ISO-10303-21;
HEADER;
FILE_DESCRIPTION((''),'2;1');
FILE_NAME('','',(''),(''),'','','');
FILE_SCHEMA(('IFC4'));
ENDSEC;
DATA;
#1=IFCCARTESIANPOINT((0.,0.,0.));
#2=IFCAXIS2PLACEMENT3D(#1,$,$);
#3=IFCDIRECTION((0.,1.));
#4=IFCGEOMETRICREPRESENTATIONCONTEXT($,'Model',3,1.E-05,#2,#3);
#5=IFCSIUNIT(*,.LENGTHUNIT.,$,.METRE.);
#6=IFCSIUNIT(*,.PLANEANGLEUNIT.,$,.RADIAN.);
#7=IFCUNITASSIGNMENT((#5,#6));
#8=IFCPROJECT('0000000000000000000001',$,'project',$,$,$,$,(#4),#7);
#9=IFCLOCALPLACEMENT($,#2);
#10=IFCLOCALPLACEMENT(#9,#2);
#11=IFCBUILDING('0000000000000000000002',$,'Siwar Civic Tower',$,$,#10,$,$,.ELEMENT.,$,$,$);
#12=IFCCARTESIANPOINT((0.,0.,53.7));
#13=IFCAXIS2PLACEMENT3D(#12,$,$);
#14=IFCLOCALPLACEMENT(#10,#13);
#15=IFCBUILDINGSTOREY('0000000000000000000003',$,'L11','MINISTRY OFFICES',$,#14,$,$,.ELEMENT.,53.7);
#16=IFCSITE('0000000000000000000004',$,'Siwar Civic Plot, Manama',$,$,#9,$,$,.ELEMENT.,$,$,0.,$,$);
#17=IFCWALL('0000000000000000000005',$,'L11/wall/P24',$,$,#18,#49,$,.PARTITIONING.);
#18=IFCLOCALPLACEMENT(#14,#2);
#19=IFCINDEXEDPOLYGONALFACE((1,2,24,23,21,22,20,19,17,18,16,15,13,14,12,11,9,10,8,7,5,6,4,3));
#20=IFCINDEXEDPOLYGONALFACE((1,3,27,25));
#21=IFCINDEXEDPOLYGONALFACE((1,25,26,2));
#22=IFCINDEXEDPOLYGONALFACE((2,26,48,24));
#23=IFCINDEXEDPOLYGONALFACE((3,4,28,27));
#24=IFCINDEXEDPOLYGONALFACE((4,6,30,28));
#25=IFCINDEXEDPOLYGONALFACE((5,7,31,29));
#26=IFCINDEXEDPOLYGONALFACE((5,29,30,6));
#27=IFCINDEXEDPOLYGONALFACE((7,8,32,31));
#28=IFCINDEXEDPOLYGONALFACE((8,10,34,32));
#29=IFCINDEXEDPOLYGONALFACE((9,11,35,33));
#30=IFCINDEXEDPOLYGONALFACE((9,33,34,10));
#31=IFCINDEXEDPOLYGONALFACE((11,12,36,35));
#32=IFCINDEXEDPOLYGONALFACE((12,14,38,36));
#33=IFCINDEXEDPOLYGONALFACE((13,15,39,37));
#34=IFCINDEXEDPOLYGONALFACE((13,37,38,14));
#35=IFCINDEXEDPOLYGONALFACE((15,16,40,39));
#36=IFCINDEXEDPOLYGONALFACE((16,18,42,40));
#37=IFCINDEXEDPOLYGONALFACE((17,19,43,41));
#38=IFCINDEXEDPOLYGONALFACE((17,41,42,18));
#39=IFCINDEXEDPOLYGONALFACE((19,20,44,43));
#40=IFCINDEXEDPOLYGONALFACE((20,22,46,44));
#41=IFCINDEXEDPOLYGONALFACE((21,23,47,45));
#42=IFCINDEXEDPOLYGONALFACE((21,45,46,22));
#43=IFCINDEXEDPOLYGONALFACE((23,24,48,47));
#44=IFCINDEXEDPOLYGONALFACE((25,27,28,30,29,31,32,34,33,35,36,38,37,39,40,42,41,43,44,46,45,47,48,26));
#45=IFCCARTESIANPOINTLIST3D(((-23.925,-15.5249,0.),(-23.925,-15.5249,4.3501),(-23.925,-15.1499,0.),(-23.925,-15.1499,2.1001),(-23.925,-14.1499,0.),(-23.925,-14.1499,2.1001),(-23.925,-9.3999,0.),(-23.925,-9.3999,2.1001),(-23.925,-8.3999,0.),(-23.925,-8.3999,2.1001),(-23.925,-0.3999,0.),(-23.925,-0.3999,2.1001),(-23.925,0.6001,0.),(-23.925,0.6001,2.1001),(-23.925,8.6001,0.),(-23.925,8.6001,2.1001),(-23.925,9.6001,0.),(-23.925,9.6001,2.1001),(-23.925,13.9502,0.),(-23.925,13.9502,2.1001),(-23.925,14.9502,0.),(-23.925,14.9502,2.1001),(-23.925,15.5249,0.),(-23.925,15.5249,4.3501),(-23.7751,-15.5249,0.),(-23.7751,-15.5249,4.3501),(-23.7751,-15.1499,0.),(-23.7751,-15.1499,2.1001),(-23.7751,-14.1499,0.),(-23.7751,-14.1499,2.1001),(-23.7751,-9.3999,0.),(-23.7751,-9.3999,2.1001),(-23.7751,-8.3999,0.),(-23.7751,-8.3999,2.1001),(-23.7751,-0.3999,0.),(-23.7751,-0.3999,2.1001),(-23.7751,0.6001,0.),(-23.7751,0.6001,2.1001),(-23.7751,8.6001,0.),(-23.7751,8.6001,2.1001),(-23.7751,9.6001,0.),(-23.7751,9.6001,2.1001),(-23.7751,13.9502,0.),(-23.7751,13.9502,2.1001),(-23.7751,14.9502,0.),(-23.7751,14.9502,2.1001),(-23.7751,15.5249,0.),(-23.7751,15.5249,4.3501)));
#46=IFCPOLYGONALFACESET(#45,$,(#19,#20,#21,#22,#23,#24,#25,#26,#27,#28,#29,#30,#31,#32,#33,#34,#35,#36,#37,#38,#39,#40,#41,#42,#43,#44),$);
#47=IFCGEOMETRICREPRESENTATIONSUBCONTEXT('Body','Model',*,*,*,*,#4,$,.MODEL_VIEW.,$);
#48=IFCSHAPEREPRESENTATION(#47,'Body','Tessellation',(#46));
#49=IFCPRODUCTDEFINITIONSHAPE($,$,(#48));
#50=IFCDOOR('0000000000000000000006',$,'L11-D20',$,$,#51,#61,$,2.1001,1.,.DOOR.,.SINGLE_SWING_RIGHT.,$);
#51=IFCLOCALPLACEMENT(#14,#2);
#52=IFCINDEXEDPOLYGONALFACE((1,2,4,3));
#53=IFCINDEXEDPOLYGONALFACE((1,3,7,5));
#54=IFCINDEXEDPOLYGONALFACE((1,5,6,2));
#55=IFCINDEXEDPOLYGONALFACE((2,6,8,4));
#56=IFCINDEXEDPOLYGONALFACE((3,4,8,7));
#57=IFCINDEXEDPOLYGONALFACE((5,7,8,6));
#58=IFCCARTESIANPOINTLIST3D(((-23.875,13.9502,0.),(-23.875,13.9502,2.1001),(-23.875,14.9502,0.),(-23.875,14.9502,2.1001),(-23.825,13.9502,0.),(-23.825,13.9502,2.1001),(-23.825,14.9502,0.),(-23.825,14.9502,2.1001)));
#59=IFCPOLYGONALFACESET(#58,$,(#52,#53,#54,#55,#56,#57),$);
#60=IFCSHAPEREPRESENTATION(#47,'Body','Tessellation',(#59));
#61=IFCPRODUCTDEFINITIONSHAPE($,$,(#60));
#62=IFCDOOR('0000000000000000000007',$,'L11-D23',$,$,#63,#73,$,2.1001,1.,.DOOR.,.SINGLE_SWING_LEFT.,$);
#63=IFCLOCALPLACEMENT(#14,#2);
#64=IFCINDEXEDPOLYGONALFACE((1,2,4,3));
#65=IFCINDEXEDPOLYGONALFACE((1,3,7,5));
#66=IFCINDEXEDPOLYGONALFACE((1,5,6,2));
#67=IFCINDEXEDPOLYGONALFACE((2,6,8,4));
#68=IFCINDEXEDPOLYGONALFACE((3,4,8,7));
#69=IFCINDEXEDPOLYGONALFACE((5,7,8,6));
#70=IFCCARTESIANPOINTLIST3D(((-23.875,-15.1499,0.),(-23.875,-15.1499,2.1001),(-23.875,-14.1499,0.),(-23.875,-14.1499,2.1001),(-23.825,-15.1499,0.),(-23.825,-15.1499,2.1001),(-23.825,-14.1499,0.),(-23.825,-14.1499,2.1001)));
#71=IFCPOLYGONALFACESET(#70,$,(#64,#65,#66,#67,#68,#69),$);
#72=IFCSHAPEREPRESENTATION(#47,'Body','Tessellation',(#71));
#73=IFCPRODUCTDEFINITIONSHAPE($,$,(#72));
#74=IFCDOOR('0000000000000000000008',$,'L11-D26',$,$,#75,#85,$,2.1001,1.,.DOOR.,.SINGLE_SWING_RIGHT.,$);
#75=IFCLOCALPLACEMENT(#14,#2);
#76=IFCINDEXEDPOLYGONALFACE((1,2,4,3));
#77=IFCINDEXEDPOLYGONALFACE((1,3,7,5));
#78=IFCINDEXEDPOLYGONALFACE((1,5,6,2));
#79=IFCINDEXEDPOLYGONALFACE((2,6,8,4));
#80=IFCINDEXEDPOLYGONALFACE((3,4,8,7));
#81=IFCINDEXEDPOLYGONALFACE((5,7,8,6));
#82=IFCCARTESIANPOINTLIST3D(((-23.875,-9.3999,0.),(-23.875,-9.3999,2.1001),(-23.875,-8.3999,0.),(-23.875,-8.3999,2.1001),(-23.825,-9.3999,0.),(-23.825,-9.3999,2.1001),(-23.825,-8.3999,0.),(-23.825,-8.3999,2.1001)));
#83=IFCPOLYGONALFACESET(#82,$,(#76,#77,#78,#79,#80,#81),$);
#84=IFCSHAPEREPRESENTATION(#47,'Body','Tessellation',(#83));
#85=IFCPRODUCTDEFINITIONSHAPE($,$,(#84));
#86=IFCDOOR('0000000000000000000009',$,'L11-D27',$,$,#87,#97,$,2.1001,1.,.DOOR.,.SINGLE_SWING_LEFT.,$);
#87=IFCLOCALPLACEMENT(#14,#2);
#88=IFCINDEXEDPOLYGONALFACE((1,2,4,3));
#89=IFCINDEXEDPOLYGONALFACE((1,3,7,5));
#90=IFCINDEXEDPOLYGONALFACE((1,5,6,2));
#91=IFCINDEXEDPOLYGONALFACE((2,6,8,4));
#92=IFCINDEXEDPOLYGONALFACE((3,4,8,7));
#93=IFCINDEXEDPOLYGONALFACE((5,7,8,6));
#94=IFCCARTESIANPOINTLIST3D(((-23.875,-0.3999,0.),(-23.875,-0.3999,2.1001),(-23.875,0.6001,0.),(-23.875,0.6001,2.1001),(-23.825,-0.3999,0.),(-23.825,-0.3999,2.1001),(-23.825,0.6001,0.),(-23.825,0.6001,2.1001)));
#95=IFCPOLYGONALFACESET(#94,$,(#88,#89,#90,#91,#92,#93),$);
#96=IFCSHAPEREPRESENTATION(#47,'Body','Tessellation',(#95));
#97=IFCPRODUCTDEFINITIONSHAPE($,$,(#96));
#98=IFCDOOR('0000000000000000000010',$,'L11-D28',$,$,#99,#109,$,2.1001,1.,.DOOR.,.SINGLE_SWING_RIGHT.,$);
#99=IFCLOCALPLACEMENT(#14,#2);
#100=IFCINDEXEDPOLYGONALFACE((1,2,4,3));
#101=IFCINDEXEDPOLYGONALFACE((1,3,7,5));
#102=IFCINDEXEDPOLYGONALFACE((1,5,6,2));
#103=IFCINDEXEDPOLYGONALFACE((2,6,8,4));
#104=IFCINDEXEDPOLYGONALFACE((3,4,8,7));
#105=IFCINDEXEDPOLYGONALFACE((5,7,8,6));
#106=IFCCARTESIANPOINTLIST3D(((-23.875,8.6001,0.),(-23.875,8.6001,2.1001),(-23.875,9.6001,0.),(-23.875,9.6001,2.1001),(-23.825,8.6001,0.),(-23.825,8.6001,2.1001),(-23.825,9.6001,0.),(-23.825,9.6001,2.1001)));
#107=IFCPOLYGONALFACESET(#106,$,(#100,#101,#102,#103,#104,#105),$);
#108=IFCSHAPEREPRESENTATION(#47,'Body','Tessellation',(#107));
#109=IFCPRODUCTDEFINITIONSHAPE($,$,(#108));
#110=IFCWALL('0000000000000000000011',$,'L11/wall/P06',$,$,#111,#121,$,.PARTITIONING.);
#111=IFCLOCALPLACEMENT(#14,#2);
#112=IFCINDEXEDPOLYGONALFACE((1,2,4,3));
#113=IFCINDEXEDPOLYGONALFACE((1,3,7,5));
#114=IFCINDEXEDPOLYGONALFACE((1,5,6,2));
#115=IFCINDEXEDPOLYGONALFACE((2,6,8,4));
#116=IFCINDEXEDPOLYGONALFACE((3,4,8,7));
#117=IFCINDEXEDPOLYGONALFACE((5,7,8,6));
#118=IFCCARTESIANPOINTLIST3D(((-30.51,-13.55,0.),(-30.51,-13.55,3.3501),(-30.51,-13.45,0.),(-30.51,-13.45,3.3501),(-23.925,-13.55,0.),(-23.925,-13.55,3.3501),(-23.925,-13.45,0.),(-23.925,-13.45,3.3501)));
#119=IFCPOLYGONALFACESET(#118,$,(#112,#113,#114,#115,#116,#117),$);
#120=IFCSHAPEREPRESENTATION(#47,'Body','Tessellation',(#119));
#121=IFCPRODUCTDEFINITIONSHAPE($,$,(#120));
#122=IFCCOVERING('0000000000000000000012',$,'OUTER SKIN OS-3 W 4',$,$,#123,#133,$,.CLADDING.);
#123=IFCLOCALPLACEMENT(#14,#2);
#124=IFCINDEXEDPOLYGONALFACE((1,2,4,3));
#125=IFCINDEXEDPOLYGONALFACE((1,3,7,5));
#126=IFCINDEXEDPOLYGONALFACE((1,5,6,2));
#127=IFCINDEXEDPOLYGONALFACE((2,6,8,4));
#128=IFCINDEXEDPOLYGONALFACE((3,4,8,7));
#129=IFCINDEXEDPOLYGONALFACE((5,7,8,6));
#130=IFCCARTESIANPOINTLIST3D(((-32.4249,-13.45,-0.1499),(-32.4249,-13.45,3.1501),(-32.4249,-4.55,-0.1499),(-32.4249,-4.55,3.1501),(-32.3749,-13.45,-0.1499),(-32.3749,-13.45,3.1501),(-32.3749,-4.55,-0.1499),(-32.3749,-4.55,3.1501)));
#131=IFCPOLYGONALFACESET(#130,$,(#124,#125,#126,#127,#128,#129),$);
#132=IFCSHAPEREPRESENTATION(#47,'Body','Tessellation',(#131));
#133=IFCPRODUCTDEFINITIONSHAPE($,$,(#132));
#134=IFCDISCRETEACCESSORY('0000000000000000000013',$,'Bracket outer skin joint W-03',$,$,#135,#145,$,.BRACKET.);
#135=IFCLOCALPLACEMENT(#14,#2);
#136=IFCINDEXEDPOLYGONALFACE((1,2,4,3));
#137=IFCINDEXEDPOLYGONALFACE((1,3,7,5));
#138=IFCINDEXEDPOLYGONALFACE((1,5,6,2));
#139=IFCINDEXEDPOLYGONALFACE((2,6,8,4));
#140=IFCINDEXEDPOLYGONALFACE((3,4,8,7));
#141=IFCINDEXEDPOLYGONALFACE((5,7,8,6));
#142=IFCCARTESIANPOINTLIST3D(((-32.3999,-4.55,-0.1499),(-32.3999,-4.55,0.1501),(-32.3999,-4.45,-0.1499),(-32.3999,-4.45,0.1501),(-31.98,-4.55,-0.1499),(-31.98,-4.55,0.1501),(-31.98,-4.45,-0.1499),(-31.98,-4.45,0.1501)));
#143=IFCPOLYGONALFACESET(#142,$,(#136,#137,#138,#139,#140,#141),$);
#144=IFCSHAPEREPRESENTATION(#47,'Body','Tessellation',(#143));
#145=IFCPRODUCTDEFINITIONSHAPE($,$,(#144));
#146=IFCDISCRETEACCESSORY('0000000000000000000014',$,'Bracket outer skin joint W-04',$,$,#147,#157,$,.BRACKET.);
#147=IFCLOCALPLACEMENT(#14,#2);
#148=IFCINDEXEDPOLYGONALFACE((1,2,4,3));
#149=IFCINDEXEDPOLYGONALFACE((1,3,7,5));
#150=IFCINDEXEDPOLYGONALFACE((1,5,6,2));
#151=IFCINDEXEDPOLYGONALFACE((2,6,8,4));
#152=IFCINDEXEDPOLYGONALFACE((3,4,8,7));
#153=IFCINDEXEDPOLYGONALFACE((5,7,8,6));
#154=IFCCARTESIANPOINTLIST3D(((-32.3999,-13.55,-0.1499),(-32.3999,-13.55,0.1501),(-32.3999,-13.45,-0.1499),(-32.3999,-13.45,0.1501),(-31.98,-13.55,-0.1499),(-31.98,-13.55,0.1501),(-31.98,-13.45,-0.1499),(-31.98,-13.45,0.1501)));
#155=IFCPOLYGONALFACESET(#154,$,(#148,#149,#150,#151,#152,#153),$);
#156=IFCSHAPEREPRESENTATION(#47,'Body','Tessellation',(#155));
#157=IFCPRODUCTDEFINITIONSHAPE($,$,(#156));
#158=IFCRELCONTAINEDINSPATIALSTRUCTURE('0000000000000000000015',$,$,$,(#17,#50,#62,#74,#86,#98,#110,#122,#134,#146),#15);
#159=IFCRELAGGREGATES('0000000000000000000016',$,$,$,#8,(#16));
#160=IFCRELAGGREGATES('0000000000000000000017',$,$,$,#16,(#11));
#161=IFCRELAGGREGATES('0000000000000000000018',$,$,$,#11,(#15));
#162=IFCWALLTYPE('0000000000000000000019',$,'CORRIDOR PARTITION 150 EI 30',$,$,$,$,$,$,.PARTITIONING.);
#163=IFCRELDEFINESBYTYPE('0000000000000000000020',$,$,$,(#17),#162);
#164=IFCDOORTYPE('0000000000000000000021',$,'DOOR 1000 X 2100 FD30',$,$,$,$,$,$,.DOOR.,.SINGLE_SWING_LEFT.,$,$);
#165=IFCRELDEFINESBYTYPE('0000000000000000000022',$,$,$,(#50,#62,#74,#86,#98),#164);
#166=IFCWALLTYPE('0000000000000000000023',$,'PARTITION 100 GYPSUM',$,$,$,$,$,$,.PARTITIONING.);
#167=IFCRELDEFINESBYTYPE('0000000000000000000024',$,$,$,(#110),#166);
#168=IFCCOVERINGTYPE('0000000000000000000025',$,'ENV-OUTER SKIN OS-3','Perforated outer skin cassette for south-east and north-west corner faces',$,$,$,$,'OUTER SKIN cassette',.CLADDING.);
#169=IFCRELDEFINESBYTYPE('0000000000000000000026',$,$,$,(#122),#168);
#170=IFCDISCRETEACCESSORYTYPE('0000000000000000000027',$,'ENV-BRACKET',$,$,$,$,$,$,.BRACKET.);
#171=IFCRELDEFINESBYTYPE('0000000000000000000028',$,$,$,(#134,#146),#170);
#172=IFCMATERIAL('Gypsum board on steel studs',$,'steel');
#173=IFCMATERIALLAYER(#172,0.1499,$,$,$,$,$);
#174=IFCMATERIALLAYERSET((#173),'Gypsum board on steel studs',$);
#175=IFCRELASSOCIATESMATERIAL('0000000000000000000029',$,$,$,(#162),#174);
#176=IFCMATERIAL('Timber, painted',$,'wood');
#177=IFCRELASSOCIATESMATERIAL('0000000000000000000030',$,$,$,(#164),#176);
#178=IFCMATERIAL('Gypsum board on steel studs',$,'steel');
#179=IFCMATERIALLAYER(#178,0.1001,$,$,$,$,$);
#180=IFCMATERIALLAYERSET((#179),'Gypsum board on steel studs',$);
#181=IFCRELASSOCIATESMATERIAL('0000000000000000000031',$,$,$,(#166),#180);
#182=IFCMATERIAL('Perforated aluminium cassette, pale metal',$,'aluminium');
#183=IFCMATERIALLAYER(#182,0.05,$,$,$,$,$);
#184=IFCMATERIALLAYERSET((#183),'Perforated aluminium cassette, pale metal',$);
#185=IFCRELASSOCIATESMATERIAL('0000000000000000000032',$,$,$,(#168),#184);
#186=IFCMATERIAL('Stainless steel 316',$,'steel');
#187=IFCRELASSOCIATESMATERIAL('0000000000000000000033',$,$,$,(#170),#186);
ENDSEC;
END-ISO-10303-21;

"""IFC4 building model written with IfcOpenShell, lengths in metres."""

from ifc_helpers import new_model, si_unit, direction, frame, frame_2d, origin, origin_2d, place, context, subcontext, project, spatial, rectangle, extrude, material, layer, layer_set, type_object, element, fill, save


model = new_model("IFC4")

# Units and contexts
model_context = context("Model", 3, precision=1e-05, world=origin(), true_north=direction((0.0, 1.0)))
body_context = subcontext(model_context, "Body", "Model", "MODEL_VIEW")
ifc_project = project(units=[si_unit("LENGTHUNIT", "METRE"), si_unit("PLANEANGLEUNIT", "RADIAN")], contexts=[model_context])

# Site, building, storey
site_placement = place(None, origin())
site = spatial("IfcSite", under=ifc_project, at=site_placement, Name="Siwar Civic Plot, Manama", CompositionType="ELEMENT", RefElevation=0.0)
building_placement = place(site_placement, origin())
building = spatial("IfcBuilding", under=site, at=building_placement, Name="Siwar Civic Tower", CompositionType="ELEMENT")
storey_placement = place(building_placement, frame((0.0, 0.0, 53.7)))
storey = spatial("IfcBuildingStorey", under=building, at=storey_placement, Name="L11", Description="MINISTRY OFFICES", CompositionType="ELEMENT", Elevation=53.7)

# Wall, openings, doors
ifc_material_1 = material(Name="Gypsum board on steel studs", Category="steel")
ifc_layer_1 = layer(ifc_material_1, 0.1499)
ifc_layer_set_1 = layer_set([ifc_layer_1], Name="Gypsum board on steel studs")
wall_type_1 = type_object("IfcWallType", Name="CORRIDOR PARTITION 150 EI 30", PredefinedType="PARTITIONING", material=ifc_layer_set_1)
wall_1_placement = place(storey_placement, frame((-23.8501, -15.5249, 0.0), z_axis=(0.0, 0.0, 1.0), x_axis=(0.0, 1.0, 0.0)))
wall_1 = element("IfcWall", 1, at=wall_1_placement, inside=storey, type_object=wall_type_1, Name="L11/wall/P24", PredefinedType="PARTITIONING", context=body_context, shape_type="SweptSolid", body=[
    extrude(rectangle(XDim=31.0498, YDim=0.1499, at=frame_2d((15.5249, 0.0))), origin(), (0.0, 0.0, 1.0), 4.3501),
])
opening_1_placement = place(wall_1_placement, frame((29.4751, 0.0, 0.0)))
opening_1 = element("IfcOpeningElement", 2, at=opening_1_placement, cuts=wall_1, PredefinedType="OPENING", context=body_context, shape_type="SweptSolid", body=[
    extrude(rectangle(XDim=1.0, YDim=2.1001, at=frame_2d((0.5, 1.05))), frame((0.0, 0.085, 0.0), z_axis=(0.0, -1.0, 0.0), x_axis=(1.0, 0.0, 0.0)), (0.0, 0.0, 1.0), 0.1699),
])
opening_2_placement = place(wall_1_placement, frame((0.375, 0.0, 0.0)))
opening_2 = element("IfcOpeningElement", 3, at=opening_2_placement, cuts=wall_1, PredefinedType="OPENING", context=body_context, shape_type="SweptSolid", body=[
    extrude(rectangle(XDim=1.0, YDim=2.1001, at=frame_2d((0.5, 1.05))), frame((0.0, 0.085, 0.0), z_axis=(0.0, -1.0, 0.0), x_axis=(1.0, 0.0, 0.0)), (0.0, 0.0, 1.0), 0.1699),
])
opening_3_placement = place(wall_1_placement, frame((6.125, 0.0, 0.0)))
opening_3 = element("IfcOpeningElement", 4, at=opening_3_placement, cuts=wall_1, PredefinedType="OPENING", context=body_context, shape_type="SweptSolid", body=[
    extrude(rectangle(XDim=1.0, YDim=2.1001, at=frame_2d((0.5, 1.05))), frame((0.0, 0.085, 0.0), z_axis=(0.0, -1.0, 0.0), x_axis=(1.0, 0.0, 0.0)), (0.0, 0.0, 1.0), 0.1699),
])
opening_4_placement = place(wall_1_placement, frame((15.125, 0.0, 0.0)))
opening_4 = element("IfcOpeningElement", 5, at=opening_4_placement, cuts=wall_1, PredefinedType="OPENING", context=body_context, shape_type="SweptSolid", body=[
    extrude(rectangle(XDim=1.0, YDim=2.1001, at=frame_2d((0.5, 1.05))), frame((0.0, 0.085, 0.0), z_axis=(0.0, -1.0, 0.0), x_axis=(1.0, 0.0, 0.0)), (0.0, 0.0, 1.0), 0.1699),
])
opening_5_placement = place(wall_1_placement, frame((24.125, 0.0, 0.0)))
opening_5 = element("IfcOpeningElement", 6, at=opening_5_placement, cuts=wall_1, PredefinedType="OPENING", context=body_context, shape_type="SweptSolid", body=[
    extrude(rectangle(XDim=1.0, YDim=2.1001, at=frame_2d((0.5, 1.05))), frame((0.0, 0.085, 0.0), z_axis=(0.0, -1.0, 0.0), x_axis=(1.0, 0.0, 0.0)), (0.0, 0.0, 1.0), 0.1699),
])
ifc_material_2 = material(Name="Timber, painted", Category="wood")
door_type = type_object("IfcDoorType", Name="DOOR 1000 X 2100 FD30", OperationType="SINGLE_SWING_LEFT", PredefinedType="DOOR", material=ifc_material_2)
door_1_placement = place(opening_1_placement, origin())
door_1 = element("IfcDoor", 7, at=door_1_placement, inside=storey, type_object=door_type, Name="L11-D20", OperationType="SINGLE_SWING_RIGHT", OverallHeight=2.1001, OverallWidth=1.0, PredefinedType="DOOR", context=body_context, shape_type="SweptSolid", body=[
    extrude(rectangle(XDim=1.0, YDim=2.1001, at=frame_2d((0.5, 1.05))), frame((0.0, 0.0249, 0.0), z_axis=(0.0, -1.0, 0.0), x_axis=(1.0, 0.0, 0.0)), (0.0, 0.0, 1.0), 0.05),
])
fill(opening_1, door_1)
door_2_placement = place(opening_2_placement, origin())
door_2 = element("IfcDoor", 8, at=door_2_placement, inside=storey, type_object=door_type, Name="L11-D23", OperationType="SINGLE_SWING_LEFT", OverallHeight=2.1001, OverallWidth=1.0, PredefinedType="DOOR", context=body_context, shape_type="SweptSolid", body=[
    extrude(rectangle(XDim=1.0, YDim=2.1001, at=frame_2d((0.5, 1.05))), frame((0.0, 0.0249, 0.0), z_axis=(0.0, -1.0, 0.0), x_axis=(1.0, 0.0, 0.0)), (0.0, 0.0, 1.0), 0.05),
])
fill(opening_2, door_2)
door_3_placement = place(opening_3_placement, origin())
door_3 = element("IfcDoor", 9, at=door_3_placement, inside=storey, type_object=door_type, Name="L11-D26", OperationType="SINGLE_SWING_RIGHT", OverallHeight=2.1001, OverallWidth=1.0, PredefinedType="DOOR", context=body_context, shape_type="SweptSolid", body=[
    extrude(rectangle(XDim=1.0, YDim=2.1001, at=frame_2d((0.5, 1.05))), frame((0.0, 0.0249, 0.0), z_axis=(0.0, -1.0, 0.0), x_axis=(1.0, 0.0, 0.0)), (0.0, 0.0, 1.0), 0.05),
])
fill(opening_3, door_3)
door_4_placement = place(opening_4_placement, origin())
door_4 = element("IfcDoor", 10, at=door_4_placement, inside=storey, type_object=door_type, Name="L11-D27", OperationType="SINGLE_SWING_LEFT", OverallHeight=2.1001, OverallWidth=1.0, PredefinedType="DOOR", context=body_context, shape_type="SweptSolid", body=[
    extrude(rectangle(XDim=1.0, YDim=2.1001, at=frame_2d((0.5, 1.05))), frame((0.0, 0.0249, 0.0), z_axis=(0.0, -1.0, 0.0), x_axis=(1.0, 0.0, 0.0)), (0.0, 0.0, 1.0), 0.05),
])
fill(opening_4, door_4)
door_5_placement = place(opening_5_placement, origin())
door_5 = element("IfcDoor", 11, at=door_5_placement, inside=storey, type_object=door_type, Name="L11-D28", OperationType="SINGLE_SWING_RIGHT", OverallHeight=2.1001, OverallWidth=1.0, PredefinedType="DOOR", context=body_context, shape_type="SweptSolid", body=[
    extrude(rectangle(XDim=1.0, YDim=2.1001, at=frame_2d((0.5, 1.05))), frame((0.0, 0.0249, 0.0), z_axis=(0.0, -1.0, 0.0), x_axis=(1.0, 0.0, 0.0)), (0.0, 0.0, 1.0), 0.05),
])
fill(opening_5, door_5)

# Wall
ifc_material_3 = material(Name="Gypsum board on steel studs", Category="steel")
ifc_layer_2 = layer(ifc_material_3, 0.1001)
ifc_layer_set_2 = layer_set([ifc_layer_2], Name="Gypsum board on steel studs")
wall_type_2 = type_object("IfcWallType", Name="PARTITION 100 GYPSUM", PredefinedType="PARTITIONING", material=ifc_layer_set_2)
wall_2_placement = place(storey_placement, frame((-30.51, -13.5, 0.0), z_axis=(0.0, 0.0, 1.0), x_axis=(1.0, 0.0, 0.0)))
element("IfcWall", 12, at=wall_2_placement, inside=storey, type_object=wall_type_2, Name="L11/wall/P06", PredefinedType="PARTITIONING", context=body_context, shape_type="SweptSolid", body=[
    extrude(rectangle(XDim=6.585, YDim=0.1001, at=frame_2d((3.2925, 0.0))), origin(), (0.0, 0.0, 1.0), 3.3501),
])

# Covering
ifc_material_4 = material(Name="Perforated aluminium cassette, pale metal", Category="aluminium")
ifc_layer_3 = layer(ifc_material_4, 0.05)
ifc_layer_set_3 = layer_set([ifc_layer_3], Name="Perforated aluminium cassette, pale metal")
covering_type = type_object("IfcCoveringType", Name="ENV-OUTER SKIN OS-3", Description="Perforated outer skin cassette for south-east and north-west corner faces", ElementType="OUTER SKIN cassette", PredefinedType="CLADDING", material=ifc_layer_set_3)
covering_placement = place(storey_placement, frame((-32.3999, -9.0, -0.1499), z_axis=(0.0, 0.0, 1.0), x_axis=(0.0, -1.0, 0.0)))
element("IfcCovering", 13, at=covering_placement, inside=storey, type_object=covering_type, Name="OUTER SKIN OS-3 W 4", PredefinedType="CLADDING", context=body_context, shape_type="SweptSolid", body=[
    extrude(rectangle(XDim=8.8999, YDim=0.05, at=origin_2d()), origin(), (0.0, 0.0, 1.0), 3.3),
])

# Discrete accessories
ifc_material_5 = material(Name="Stainless steel 316", Category="steel")
discrete_accessory_type = type_object("IfcDiscreteAccessoryType", Name="ENV-BRACKET", PredefinedType="BRACKET", material=ifc_material_5)
for number, where, z_axis, x_axis, name in (
    (14, (-32.1899, -4.5, -0.1499), (0.0, 0.0, 1.0), (-1.0, 0.0, 0.0), "Bracket outer skin joint W-03"),
    (15, (-32.1899, -13.5, -0.1499), (0.0, 0.0, 1.0), (-1.0, 0.0, 0.0), "Bracket outer skin joint W-04"),
):
    element("IfcDiscreteAccessory", number, at=place(storey_placement, frame(where, z_axis=z_axis, x_axis=x_axis)), inside=storey, type_object=discrete_accessory_type, Name=name, PredefinedType="BRACKET", context=body_context, shape_type="SweptSolid", body=[
        extrude(rectangle(XDim=0.4199, YDim=0.1001, at=origin_2d()), origin(), (0.0, 0.0, 1.0), 0.3),
    ])

save(model, "model.ifc")
